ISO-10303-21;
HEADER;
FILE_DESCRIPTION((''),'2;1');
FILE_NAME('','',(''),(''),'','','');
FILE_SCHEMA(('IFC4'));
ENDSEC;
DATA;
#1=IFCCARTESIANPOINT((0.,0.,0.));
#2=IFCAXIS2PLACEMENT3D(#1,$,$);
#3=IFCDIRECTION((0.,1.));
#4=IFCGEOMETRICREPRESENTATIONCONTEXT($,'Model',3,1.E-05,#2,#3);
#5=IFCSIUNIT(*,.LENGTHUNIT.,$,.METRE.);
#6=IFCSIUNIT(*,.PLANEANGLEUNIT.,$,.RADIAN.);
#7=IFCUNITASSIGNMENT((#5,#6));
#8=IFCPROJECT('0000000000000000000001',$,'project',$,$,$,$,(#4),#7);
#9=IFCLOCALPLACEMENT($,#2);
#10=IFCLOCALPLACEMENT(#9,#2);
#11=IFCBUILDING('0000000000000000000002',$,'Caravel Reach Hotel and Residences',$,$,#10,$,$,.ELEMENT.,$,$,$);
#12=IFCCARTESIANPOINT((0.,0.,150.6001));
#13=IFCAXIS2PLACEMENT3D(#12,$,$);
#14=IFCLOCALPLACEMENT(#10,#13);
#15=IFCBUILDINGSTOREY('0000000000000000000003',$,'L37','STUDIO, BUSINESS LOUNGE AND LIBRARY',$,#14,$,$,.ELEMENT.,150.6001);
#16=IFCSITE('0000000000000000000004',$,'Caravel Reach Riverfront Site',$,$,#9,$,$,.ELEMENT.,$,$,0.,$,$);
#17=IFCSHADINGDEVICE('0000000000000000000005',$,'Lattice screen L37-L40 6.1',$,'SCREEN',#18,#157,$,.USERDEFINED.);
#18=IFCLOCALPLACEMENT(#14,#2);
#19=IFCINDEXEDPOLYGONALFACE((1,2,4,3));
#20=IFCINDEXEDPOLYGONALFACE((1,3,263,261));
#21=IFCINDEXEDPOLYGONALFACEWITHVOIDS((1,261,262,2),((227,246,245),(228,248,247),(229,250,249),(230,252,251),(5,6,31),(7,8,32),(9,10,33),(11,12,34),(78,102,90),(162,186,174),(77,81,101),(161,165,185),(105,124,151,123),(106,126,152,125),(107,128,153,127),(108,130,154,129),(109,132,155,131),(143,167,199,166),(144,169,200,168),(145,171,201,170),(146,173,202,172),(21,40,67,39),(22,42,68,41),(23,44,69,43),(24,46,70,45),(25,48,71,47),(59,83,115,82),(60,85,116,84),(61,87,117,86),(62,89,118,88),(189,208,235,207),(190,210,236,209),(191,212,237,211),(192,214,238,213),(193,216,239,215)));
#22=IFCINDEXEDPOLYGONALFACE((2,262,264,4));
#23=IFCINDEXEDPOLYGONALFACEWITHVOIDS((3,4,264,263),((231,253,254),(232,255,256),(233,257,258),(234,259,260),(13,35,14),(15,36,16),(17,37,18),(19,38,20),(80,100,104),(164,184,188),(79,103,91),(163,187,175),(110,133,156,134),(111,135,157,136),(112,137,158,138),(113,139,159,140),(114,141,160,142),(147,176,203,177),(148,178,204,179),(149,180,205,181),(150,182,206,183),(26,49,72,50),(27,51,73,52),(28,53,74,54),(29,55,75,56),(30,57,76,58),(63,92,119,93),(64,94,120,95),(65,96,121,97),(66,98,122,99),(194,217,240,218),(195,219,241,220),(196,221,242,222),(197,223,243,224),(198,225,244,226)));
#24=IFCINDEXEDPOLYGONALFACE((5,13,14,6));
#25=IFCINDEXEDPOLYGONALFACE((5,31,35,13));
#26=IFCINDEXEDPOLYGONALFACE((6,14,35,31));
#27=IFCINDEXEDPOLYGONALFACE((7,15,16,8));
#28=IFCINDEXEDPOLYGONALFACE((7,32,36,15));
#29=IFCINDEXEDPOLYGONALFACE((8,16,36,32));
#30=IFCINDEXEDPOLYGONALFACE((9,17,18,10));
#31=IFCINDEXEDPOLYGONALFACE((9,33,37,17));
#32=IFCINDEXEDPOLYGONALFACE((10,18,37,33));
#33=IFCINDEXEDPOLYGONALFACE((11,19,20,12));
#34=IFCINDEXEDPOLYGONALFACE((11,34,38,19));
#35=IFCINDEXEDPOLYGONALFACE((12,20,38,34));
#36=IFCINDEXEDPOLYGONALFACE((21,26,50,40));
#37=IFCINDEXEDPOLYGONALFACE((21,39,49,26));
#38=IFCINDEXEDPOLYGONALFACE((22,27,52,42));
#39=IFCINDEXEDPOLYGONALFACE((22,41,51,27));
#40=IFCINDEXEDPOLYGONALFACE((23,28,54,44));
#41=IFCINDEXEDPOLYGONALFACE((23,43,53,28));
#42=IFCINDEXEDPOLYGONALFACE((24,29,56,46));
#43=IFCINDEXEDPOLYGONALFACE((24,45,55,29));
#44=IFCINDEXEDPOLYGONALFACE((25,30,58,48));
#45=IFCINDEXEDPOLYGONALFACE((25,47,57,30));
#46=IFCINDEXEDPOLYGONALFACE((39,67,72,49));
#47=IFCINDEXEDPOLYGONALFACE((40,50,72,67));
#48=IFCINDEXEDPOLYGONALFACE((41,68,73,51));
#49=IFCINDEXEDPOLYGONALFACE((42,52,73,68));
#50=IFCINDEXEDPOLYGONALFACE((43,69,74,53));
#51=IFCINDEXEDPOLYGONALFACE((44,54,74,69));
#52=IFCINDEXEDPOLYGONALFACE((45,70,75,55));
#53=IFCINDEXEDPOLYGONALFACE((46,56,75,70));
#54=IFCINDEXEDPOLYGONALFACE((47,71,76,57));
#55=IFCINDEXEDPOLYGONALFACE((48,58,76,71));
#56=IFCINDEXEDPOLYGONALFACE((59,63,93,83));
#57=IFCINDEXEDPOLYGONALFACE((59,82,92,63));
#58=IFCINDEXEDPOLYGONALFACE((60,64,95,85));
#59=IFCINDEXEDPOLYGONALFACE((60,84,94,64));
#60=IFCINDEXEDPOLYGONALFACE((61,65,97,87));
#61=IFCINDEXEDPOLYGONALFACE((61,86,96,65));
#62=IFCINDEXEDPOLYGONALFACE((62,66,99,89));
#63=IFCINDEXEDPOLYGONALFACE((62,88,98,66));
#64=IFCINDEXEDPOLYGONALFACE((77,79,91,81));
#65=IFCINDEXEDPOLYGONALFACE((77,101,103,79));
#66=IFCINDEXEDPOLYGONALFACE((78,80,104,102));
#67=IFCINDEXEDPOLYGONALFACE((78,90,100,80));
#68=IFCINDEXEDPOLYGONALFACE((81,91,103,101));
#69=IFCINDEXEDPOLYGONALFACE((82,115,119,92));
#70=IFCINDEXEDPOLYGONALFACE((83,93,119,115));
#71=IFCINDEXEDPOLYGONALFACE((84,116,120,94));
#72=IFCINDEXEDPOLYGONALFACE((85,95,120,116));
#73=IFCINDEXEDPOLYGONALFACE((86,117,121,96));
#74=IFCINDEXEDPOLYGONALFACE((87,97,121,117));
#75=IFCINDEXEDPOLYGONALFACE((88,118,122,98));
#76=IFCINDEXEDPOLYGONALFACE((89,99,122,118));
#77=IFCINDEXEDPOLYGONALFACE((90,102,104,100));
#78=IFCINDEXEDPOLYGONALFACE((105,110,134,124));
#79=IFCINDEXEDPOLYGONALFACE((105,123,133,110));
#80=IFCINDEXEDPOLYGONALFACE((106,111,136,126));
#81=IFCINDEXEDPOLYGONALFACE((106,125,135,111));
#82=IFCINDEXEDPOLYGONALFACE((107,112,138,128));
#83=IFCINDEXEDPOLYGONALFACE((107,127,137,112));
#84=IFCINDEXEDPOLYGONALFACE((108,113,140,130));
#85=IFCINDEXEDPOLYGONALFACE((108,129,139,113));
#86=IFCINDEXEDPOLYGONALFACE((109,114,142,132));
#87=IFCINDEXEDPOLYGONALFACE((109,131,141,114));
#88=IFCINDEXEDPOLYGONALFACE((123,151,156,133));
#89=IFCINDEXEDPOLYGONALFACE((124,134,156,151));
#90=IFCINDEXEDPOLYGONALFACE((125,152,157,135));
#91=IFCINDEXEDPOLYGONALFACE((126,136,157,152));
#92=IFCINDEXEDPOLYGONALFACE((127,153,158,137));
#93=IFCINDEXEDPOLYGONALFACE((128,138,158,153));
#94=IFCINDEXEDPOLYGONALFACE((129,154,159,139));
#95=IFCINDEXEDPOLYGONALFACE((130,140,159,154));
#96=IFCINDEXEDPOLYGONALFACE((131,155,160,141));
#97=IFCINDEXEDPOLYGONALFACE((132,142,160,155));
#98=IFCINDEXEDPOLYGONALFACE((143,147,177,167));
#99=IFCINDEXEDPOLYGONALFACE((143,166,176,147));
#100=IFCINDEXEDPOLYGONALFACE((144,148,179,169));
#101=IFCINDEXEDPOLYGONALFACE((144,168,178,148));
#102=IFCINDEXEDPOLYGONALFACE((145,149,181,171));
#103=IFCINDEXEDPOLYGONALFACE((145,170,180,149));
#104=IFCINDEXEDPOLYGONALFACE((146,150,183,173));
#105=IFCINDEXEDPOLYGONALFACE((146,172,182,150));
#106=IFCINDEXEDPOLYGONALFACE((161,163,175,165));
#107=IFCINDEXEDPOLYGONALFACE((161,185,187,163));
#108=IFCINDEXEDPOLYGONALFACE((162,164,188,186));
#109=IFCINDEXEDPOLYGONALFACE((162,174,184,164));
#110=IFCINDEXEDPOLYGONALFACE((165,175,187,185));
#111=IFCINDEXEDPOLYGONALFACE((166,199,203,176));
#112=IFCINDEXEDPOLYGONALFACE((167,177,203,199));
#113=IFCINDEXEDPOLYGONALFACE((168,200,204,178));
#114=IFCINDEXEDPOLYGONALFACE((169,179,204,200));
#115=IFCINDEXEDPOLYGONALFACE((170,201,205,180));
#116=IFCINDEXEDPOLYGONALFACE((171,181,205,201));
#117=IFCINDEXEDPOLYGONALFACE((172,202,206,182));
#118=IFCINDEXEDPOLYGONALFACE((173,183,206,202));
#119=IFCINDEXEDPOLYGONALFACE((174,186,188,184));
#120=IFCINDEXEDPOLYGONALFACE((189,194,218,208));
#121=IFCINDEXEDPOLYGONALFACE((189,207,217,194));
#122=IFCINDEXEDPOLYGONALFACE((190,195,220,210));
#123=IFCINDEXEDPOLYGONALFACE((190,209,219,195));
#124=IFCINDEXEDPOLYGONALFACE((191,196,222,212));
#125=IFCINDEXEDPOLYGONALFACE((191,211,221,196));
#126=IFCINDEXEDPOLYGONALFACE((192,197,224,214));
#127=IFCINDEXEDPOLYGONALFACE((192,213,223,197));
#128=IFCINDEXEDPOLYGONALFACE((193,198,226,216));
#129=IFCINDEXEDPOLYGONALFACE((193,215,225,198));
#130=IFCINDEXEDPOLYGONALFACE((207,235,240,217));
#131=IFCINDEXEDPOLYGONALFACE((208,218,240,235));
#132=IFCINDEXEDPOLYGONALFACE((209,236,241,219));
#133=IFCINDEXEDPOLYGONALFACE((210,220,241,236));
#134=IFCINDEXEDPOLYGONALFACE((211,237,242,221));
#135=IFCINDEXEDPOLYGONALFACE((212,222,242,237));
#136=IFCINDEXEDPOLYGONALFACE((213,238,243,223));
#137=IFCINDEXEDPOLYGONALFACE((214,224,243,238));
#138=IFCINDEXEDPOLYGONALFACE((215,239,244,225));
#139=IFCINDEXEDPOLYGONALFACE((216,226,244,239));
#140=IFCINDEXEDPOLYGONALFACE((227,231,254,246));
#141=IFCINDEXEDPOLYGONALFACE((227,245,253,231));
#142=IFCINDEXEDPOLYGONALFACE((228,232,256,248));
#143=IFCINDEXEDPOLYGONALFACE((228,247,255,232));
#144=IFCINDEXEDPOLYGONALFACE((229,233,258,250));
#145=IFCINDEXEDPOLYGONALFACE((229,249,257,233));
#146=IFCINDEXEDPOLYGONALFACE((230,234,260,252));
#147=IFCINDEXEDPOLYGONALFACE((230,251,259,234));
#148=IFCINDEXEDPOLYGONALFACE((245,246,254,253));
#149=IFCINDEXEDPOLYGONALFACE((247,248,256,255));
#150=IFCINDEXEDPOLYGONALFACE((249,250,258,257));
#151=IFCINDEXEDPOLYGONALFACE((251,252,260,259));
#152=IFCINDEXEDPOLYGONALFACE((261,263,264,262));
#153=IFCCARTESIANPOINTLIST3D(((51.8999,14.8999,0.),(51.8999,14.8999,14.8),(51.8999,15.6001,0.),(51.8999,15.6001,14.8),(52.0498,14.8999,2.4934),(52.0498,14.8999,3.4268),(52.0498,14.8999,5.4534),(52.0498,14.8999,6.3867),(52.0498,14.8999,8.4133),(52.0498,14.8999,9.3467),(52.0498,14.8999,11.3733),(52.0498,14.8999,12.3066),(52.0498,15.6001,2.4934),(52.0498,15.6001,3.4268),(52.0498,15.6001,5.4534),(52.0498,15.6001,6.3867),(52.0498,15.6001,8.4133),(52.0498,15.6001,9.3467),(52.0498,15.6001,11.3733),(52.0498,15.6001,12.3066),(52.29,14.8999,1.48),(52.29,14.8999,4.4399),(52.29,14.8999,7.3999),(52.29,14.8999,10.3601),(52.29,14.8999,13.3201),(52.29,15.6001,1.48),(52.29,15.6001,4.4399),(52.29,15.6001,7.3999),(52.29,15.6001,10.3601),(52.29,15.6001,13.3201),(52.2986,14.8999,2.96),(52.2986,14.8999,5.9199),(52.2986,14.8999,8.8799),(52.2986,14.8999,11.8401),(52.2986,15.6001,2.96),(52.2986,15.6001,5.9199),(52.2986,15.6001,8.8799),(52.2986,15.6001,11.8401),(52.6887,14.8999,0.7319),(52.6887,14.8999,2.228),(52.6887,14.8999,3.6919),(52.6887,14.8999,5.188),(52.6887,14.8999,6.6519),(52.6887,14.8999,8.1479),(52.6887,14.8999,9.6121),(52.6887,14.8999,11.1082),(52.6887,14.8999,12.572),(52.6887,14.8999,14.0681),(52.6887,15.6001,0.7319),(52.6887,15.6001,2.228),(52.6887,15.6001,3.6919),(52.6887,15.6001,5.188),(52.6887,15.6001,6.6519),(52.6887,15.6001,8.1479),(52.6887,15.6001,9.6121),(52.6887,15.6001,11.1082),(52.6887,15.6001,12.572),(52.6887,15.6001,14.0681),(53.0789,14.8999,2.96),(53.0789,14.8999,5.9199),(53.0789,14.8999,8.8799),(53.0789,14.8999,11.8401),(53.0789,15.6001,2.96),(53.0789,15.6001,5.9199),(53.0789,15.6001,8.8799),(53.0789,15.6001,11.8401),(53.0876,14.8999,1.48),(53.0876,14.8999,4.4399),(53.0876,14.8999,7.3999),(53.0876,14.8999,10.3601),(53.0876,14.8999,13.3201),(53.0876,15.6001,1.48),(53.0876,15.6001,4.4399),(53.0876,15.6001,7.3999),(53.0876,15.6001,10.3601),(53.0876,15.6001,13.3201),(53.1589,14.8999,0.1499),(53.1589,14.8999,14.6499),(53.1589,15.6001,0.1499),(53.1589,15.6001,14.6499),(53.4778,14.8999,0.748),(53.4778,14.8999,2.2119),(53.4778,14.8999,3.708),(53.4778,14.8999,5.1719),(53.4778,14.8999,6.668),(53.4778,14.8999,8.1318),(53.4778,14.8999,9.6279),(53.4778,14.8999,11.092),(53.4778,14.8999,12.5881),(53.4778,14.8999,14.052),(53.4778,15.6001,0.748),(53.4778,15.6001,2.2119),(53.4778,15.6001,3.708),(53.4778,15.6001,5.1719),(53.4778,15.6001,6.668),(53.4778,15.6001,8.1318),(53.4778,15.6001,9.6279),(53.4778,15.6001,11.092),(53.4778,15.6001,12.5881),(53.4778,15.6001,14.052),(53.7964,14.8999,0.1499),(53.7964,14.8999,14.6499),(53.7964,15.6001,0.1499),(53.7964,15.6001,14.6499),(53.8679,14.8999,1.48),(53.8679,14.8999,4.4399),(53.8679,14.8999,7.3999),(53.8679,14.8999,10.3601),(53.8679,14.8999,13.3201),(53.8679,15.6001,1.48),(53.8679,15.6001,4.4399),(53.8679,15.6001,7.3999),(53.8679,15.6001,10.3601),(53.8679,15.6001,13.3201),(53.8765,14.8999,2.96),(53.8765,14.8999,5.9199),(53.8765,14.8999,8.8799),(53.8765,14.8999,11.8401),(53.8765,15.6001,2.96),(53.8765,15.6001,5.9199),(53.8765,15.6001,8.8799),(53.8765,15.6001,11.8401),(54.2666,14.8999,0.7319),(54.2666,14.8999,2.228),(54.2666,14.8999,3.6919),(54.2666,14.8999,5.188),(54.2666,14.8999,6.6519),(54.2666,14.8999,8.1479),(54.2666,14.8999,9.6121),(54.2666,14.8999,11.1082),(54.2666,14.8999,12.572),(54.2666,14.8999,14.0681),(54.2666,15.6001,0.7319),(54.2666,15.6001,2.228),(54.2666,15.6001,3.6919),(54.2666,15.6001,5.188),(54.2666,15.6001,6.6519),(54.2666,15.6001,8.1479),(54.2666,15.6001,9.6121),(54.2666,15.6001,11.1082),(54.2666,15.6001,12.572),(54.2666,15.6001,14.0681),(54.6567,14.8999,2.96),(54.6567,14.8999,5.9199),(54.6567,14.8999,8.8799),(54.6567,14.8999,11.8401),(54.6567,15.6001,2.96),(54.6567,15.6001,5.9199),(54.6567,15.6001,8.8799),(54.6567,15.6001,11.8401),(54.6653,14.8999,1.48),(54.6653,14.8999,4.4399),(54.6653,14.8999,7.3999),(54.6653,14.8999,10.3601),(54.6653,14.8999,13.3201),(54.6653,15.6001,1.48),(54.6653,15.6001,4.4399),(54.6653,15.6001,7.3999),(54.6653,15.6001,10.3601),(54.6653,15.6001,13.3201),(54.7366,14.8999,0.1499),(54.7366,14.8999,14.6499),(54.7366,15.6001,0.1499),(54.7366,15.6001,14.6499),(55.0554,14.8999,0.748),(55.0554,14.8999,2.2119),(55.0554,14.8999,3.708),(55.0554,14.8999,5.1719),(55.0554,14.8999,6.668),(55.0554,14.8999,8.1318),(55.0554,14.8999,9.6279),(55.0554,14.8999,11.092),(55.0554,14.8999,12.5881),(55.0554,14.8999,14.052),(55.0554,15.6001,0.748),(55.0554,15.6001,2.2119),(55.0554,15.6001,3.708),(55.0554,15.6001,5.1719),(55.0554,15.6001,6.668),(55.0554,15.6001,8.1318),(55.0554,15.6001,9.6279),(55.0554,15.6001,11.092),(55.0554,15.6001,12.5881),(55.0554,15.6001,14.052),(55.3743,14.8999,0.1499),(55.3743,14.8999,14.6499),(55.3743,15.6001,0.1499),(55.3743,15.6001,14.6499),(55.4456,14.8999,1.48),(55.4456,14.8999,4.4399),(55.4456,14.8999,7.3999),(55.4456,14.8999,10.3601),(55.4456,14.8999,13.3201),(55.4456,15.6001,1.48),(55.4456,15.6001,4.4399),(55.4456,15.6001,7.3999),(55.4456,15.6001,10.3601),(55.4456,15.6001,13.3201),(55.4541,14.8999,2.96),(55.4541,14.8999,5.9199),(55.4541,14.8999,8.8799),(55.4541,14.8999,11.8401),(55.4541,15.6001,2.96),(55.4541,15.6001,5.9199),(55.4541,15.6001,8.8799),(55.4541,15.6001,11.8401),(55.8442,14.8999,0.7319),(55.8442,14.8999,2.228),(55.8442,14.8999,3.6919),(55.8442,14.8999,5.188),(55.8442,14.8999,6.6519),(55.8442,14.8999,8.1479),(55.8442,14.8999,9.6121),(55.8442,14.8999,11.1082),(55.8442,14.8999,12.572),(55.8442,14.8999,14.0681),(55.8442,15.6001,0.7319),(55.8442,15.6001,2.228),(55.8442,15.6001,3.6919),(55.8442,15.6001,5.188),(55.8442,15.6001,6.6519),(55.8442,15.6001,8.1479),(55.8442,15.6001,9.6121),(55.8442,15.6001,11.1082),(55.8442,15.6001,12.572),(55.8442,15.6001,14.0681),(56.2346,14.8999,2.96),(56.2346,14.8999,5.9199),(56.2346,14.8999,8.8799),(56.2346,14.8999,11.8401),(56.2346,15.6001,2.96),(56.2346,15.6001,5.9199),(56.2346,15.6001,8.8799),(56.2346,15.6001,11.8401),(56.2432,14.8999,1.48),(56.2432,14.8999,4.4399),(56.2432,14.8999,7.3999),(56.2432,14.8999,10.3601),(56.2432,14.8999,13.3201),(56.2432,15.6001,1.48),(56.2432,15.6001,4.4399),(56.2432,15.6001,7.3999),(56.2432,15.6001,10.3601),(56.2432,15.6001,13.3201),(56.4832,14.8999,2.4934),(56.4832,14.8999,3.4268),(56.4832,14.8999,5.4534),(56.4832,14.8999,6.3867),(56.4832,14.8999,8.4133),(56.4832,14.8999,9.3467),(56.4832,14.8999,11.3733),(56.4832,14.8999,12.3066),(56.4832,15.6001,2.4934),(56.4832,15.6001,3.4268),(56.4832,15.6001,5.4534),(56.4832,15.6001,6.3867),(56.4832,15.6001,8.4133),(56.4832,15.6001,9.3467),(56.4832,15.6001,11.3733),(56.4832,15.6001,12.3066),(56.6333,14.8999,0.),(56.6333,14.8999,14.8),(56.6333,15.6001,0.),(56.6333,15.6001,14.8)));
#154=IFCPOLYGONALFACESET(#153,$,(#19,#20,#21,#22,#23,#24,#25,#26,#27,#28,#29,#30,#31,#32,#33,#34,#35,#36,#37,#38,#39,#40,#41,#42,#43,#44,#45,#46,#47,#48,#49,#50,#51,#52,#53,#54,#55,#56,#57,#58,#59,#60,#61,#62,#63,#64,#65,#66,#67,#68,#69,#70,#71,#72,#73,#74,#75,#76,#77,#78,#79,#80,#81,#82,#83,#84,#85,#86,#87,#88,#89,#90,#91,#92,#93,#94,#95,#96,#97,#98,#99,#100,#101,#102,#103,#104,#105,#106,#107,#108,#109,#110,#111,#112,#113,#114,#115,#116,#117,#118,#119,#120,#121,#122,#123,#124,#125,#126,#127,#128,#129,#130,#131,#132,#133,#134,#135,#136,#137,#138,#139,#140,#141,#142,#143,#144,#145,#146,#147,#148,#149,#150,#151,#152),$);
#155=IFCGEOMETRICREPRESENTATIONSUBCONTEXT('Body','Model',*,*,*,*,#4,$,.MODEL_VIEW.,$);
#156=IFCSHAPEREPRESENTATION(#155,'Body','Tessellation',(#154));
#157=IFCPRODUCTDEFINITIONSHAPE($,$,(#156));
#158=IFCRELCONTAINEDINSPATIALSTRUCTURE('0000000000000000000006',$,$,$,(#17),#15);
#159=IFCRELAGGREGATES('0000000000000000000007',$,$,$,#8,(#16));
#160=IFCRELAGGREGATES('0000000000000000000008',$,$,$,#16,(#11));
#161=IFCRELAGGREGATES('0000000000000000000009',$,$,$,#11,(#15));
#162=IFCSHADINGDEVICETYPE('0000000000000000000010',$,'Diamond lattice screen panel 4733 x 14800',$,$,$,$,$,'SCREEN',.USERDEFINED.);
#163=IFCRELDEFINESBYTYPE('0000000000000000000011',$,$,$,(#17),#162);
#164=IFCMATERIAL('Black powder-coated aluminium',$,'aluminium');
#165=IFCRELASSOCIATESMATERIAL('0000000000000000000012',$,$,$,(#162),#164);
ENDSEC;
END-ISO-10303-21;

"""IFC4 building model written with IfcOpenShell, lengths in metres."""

from ifc_helpers import new_model, si_unit, direction, frame, origin, place, context, subcontext, project, spatial, polyline, outline, extrude, material, type_object, element, save


model = new_model("IFC4")

# Units and contexts
model_context = context("Model", 3, precision=1e-05, world=origin(), true_north=direction((0.0, 1.0)))
body_context = subcontext(model_context, "Body", "Model", "MODEL_VIEW")
ifc_project = project(units=[si_unit("LENGTHUNIT", "METRE"), si_unit("PLANEANGLEUNIT", "RADIAN")], contexts=[model_context])

# Site, building, storey
site_placement = place(None, origin())
site = spatial("IfcSite", under=ifc_project, at=site_placement, Name="Caravel Reach Riverfront Site", CompositionType="ELEMENT", RefElevation=0.0)
building_placement = place(site_placement, origin())
building = spatial("IfcBuilding", under=site, at=building_placement, Name="Caravel Reach Hotel and Residences", CompositionType="ELEMENT")
storey_placement = place(building_placement, frame((0.0, 0.0, 150.6001)))
storey = spatial("IfcBuildingStorey", under=building, at=storey_placement, Name="L37", Description="STUDIO, BUSINESS LOUNGE AND LIBRARY", CompositionType="ELEMENT", Elevation=150.6001)

# Shading device
ifc_material_1 = material(Name="Black powder-coated aluminium", Category="aluminium")
shading_device_type_1 = type_object("IfcShadingDeviceType", Name="Diamond lattice screen panel 4733 x 14800", ElementType="SCREEN", PredefinedType="USERDEFINED", material=ifc_material_1)
shading_device_1_placement = place(storey_placement, frame((51.8999, 15.6001, 0.0), z_axis=(0.0, -1.0, 0.0), x_axis=(1.0, 0.0, 0.0)))
element("IfcShadingDevice", 1, at=shading_device_1_placement, inside=storey, type_object=shading_device_type_1, Name="Lattice screen L37-L40 6.1", ObjectType="SCREEN", PredefinedType="USERDEFINED", context=body_context, shape_type="SweptSolid", body=[
    extrude(outline(polyline([(0.0, 0.0), (4.7334, 0.0), (4.7334, 14.8), (0.0, 14.8), (0.0, 0.0)]), holes=[polyline([(0.3987, 2.96), (0.1499, 3.4268), (0.1499, 2.4934), (0.3987, 2.96)]), polyline([(0.3987, 5.9199), (0.1499, 6.3867), (0.1499, 5.4534), (0.3987, 5.9199)]), polyline([(0.3987, 8.8799), (0.1499, 9.3467), (0.1499, 8.4133), (0.3987, 8.8799)]), polyline([(0.3987, 11.8401), (0.1499, 12.3066), (0.1499, 11.3733), (0.3987, 11.8401)]), polyline([(0.7888, 2.228), (0.3901, 1.48), (0.7888, 0.7319), (1.1877, 1.48), (0.7888, 2.228)]), polyline([(0.7888, 5.188), (0.3901, 4.4399), (0.7888, 3.6919), (1.1877, 4.4399), (0.7888, 5.188)]), polyline([(0.7888, 8.1479), (0.3901, 7.3999), (0.7888, 6.6519), (1.1877, 7.3999), (0.7888, 8.1479)]), polyline([(0.7888, 11.1082), (0.3901, 10.3601), (0.7888, 9.6121), (1.1877, 10.3601), (0.7888, 11.1082)]), polyline([(0.7888, 14.0681), (0.3901, 13.3201), (0.7888, 12.572), (1.1877, 13.3201), (0.7888, 14.0681)]), polyline([(1.5779, 0.748), (1.259, 0.1499), (1.8965, 0.1499), (1.5779, 0.748)]), polyline([(1.5779, 3.708), (1.179, 2.96), (1.5779, 2.2119), (1.9766, 2.96), (1.5779, 3.708)]), polyline([(1.5779, 6.668), (1.179, 5.9199), (1.5779, 5.1719), (1.9766, 5.9199), (1.5779, 6.668)]), polyline([(1.5779, 9.6279), (1.179, 8.8799), (1.5779, 8.1318), (1.9766, 8.8799), (1.5779, 9.6279)]), polyline([(1.5779, 12.5881), (1.179, 11.8401), (1.5779, 11.092), (1.9766, 11.8401), (1.5779, 12.5881)]), polyline([(1.5779, 14.052), (1.8965, 14.6499), (1.259, 14.6499), (1.5779, 14.052)]), polyline([(2.3667, 2.228), (1.968, 1.48), (2.3667, 0.7319), (2.7654, 1.48), (2.3667, 2.228)]), polyline([(2.3667, 5.188), (1.968, 4.4399), (2.3667, 3.6919), (2.7654, 4.4399), (2.3667, 5.188)]), polyline([(2.3667, 8.1479), (1.968, 7.3999), (2.3667, 6.6519), (2.7654, 7.3999), (2.3667, 8.1479)]), polyline([(2.3667, 11.1082), (1.968, 10.3601), (2.3667, 9.6121), (2.7654, 10.3601), (2.3667, 11.1082)]), polyline([(2.3667, 14.0681), (1.968, 13.3201), (2.3667, 12.572), (2.7654, 13.3201), (2.3667, 14.0681)]), polyline([(3.1555, 0.748), (2.8367, 0.1499), (3.4744, 0.1499), (3.1555, 0.748)]), polyline([(3.1555, 3.708), (2.7568, 2.96), (3.1555, 2.2119), (3.5542, 2.96), (3.1555, 3.708)]), polyline([(3.1555, 6.668), (2.7568, 5.9199), (3.1555, 5.1719), (3.5542, 5.9199), (3.1555, 6.668)]), polyline([(3.1555, 9.6279), (2.7568, 8.8799), (3.1555, 8.1318), (3.5542, 8.8799), (3.1555, 9.6279)]), polyline([(3.1555, 12.5881), (2.7568, 11.8401), (3.1555, 11.092), (3.5542, 11.8401), (3.1555, 12.5881)]), polyline([(3.1555, 14.052), (3.4744, 14.6499), (2.8367, 14.6499), (3.1555, 14.052)]), polyline([(3.9443, 2.228), (3.5457, 1.48), (3.9443, 0.7319), (4.3433, 1.48), (3.9443, 2.228)]), polyline([(3.9443, 5.188), (3.5457, 4.4399), (3.9443, 3.6919), (4.3433, 4.4399), (3.9443, 5.188)]), polyline([(3.9443, 8.1479), (3.5457, 7.3999), (3.9443, 6.6519), (4.3433, 7.3999), (3.9443, 8.1479)]), polyline([(3.9443, 11.1082), (3.5457, 10.3601), (3.9443, 9.6121), (4.3433, 10.3601), (3.9443, 11.1082)]), polyline([(3.9443, 14.0681), (3.5457, 13.3201), (3.9443, 12.572), (4.3433, 13.3201), (3.9443, 14.0681)]), polyline([(4.3347, 2.96), (4.5833, 2.4934), (4.5833, 3.4268), (4.3347, 2.96)]), polyline([(4.3347, 5.9199), (4.5833, 5.4534), (4.5833, 6.3867), (4.3347, 5.9199)]), polyline([(4.3347, 8.8799), (4.5833, 8.4133), (4.5833, 9.3467), (4.3347, 8.8799)]), polyline([(4.3347, 11.8401), (4.5833, 11.3733), (4.5833, 12.3066), (4.3347, 11.8401)])]), origin(), (0.0, 0.0, 1.0), 0.7002),
])

save(model, "model.ifc")
